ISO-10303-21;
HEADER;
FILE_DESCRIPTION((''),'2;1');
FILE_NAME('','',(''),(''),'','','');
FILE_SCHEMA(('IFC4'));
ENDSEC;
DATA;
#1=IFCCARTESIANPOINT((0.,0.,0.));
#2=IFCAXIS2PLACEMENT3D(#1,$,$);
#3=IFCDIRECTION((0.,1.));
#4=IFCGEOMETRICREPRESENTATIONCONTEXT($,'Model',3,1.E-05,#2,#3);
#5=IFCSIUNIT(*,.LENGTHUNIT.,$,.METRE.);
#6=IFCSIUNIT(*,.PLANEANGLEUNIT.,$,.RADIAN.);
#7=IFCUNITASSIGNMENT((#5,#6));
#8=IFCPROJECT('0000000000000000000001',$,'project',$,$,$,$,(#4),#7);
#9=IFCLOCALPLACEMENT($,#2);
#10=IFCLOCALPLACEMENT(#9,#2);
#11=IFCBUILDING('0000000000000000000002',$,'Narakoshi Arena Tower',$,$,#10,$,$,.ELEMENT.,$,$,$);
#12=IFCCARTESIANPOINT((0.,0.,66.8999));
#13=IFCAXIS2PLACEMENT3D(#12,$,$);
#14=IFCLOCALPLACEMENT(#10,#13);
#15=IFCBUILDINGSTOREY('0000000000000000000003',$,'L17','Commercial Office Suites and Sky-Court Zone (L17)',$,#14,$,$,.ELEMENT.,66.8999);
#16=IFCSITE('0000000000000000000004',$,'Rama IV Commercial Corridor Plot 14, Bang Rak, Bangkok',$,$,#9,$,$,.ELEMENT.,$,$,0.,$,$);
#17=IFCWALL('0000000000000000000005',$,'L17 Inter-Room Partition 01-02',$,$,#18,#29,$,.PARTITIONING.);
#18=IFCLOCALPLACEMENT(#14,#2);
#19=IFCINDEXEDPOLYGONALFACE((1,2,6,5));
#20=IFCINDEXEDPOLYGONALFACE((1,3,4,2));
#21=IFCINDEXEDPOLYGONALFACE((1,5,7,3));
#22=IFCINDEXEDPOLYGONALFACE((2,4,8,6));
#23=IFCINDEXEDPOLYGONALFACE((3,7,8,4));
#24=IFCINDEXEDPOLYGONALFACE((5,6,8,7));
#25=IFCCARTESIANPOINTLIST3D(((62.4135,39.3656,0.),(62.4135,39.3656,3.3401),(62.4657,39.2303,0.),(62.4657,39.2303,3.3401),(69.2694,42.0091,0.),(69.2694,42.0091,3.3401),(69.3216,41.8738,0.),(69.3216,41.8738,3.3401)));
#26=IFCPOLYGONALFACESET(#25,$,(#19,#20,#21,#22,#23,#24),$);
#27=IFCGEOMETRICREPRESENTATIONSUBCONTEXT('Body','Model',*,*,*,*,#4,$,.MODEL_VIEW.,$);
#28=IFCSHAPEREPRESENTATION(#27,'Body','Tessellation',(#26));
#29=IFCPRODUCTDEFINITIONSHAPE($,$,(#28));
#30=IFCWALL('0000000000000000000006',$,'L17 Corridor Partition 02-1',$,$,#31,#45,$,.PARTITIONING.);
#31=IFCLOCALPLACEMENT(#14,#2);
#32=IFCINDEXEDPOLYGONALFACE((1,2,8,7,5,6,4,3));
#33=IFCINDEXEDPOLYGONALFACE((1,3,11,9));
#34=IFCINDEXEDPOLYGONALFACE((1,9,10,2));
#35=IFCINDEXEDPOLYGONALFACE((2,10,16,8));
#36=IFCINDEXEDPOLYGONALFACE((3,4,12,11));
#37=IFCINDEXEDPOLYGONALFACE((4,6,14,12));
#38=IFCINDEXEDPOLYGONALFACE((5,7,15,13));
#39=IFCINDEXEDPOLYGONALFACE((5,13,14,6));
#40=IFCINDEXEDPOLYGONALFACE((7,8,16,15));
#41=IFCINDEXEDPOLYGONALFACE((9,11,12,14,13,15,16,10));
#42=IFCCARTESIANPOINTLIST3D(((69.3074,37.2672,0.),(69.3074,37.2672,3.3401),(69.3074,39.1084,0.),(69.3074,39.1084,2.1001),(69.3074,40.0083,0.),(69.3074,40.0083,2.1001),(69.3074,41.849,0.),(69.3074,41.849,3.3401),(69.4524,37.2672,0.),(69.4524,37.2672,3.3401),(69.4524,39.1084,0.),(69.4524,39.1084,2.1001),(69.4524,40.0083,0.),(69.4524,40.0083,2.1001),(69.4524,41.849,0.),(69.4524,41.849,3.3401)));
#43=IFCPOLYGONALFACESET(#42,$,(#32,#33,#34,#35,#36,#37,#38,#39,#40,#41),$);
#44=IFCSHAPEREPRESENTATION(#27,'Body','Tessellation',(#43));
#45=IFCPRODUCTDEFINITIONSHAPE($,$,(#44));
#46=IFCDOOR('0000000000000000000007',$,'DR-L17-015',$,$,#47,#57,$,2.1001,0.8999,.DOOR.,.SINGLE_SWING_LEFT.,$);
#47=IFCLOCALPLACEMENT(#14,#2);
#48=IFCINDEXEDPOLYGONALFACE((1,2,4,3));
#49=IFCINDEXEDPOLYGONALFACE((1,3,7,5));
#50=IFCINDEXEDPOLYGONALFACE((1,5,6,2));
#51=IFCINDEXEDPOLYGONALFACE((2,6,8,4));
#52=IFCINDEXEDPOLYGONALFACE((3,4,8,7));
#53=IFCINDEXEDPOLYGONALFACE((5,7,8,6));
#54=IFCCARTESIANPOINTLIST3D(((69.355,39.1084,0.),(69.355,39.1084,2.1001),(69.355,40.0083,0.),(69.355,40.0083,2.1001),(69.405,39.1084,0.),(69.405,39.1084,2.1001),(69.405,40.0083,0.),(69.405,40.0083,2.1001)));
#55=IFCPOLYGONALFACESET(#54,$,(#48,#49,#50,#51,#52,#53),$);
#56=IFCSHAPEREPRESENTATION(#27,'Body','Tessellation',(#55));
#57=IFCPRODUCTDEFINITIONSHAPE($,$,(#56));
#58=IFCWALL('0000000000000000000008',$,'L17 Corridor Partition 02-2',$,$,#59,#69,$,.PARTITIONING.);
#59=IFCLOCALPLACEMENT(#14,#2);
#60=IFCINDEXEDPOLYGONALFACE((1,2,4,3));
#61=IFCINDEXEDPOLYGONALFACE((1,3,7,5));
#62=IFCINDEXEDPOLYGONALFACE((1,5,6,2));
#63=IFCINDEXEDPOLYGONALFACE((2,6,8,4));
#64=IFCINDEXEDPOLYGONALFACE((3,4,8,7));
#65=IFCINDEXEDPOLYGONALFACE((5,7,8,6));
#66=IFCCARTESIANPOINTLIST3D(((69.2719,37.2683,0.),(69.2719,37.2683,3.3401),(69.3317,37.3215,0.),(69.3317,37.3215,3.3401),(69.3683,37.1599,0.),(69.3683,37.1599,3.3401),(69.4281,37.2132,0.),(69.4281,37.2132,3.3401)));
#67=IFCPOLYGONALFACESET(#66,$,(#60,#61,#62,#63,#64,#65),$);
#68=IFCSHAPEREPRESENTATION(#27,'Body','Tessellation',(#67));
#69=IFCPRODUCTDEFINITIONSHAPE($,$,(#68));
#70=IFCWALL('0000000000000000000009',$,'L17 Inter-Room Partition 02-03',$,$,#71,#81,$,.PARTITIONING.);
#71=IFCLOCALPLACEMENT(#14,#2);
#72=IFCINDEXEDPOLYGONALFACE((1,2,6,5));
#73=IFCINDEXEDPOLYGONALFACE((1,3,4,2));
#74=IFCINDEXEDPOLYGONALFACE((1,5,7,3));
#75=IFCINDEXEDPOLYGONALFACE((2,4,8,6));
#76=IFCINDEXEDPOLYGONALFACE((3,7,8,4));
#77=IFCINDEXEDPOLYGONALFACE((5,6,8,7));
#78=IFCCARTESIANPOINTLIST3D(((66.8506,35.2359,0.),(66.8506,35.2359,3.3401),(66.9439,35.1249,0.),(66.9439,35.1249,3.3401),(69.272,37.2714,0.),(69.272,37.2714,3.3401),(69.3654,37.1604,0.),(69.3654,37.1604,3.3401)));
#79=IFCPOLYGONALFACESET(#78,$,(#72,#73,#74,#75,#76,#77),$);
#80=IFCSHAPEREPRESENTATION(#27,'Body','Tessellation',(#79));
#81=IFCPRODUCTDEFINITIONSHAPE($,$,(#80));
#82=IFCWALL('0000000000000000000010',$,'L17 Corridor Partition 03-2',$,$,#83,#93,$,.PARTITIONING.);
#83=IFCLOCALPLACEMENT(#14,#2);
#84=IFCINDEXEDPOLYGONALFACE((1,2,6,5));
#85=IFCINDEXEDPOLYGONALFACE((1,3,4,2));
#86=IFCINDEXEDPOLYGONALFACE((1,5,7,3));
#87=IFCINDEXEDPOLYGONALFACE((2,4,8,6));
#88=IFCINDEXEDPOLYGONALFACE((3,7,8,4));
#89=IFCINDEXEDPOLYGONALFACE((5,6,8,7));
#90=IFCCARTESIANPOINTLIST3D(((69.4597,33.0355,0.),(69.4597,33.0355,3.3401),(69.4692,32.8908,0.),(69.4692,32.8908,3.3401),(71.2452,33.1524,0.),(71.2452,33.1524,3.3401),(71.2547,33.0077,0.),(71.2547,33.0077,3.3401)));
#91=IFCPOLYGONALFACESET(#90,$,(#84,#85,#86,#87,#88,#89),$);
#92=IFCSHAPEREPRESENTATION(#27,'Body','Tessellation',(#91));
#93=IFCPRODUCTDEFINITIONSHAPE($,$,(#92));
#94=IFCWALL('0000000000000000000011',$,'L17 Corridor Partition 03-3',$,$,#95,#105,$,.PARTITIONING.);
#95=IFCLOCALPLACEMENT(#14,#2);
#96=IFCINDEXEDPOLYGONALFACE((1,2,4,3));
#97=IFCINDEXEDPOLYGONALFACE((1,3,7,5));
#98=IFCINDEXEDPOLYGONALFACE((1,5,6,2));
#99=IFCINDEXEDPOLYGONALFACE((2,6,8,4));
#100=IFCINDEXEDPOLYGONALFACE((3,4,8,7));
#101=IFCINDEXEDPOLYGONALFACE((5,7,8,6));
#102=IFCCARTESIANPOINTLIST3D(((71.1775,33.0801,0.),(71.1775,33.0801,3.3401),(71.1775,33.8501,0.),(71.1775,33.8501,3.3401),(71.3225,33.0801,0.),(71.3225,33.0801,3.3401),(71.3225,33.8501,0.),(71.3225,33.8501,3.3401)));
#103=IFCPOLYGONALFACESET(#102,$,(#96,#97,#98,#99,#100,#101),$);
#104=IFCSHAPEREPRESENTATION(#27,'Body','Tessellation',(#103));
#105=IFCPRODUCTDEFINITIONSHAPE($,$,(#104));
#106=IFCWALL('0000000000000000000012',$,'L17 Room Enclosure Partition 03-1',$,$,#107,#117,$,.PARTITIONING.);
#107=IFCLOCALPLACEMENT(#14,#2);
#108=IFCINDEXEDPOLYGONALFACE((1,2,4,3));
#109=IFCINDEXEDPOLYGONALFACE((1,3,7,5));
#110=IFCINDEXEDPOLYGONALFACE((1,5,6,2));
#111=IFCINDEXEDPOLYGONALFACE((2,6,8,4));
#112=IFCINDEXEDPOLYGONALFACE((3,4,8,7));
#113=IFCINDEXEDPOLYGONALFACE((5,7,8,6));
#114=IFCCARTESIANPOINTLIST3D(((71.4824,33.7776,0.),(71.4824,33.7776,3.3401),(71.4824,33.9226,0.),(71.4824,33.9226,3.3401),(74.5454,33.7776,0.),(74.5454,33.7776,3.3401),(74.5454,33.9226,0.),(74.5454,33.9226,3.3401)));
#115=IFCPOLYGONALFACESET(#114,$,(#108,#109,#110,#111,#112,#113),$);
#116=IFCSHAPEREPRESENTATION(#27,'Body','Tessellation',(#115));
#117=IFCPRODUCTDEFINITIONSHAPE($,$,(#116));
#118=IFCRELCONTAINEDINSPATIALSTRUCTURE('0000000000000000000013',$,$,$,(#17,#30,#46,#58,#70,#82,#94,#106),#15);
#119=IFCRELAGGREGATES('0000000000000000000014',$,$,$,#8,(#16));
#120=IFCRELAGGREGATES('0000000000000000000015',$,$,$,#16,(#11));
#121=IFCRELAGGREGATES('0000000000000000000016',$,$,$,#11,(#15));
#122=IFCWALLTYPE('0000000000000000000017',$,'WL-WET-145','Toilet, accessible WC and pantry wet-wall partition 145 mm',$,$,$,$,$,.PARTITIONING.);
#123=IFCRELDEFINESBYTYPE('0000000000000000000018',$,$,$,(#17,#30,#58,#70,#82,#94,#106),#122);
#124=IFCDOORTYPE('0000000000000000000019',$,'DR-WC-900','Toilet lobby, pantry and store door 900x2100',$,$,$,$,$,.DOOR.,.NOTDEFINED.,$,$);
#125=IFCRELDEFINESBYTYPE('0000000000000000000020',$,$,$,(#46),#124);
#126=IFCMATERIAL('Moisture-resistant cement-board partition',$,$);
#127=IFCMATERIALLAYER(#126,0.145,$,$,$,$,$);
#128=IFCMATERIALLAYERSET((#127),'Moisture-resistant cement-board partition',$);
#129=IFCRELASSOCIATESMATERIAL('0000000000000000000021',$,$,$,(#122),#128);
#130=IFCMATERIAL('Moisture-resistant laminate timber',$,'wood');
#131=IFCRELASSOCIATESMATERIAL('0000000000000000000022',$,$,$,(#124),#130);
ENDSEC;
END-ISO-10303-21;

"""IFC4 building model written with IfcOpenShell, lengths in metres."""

from ifc_helpers import new_model, si_unit, direction, frame, frame_2d, origin, place, context, subcontext, project, spatial, rectangle, extrude, material, layer, layer_set, type_object, element, fill, save


model = new_model("IFC4")

# Units and contexts
model_context = context("Model", 3, precision=1e-05, world=origin(), true_north=direction((0.0, 1.0)))
body_context = subcontext(model_context, "Body", "Model", "MODEL_VIEW")
ifc_project = project(units=[si_unit("LENGTHUNIT", "METRE"), si_unit("PLANEANGLEUNIT", "RADIAN")], contexts=[model_context])

# Site, building, storey
site_placement = place(None, origin())
site = spatial("IfcSite", under=ifc_project, at=site_placement, Name="Rama IV Commercial Corridor Plot 14, Bang Rak, Bangkok", CompositionType="ELEMENT", RefElevation=0.0)
building_placement = place(site_placement, origin())
building = spatial("IfcBuilding", under=site, at=building_placement, Name="Narakoshi Arena Tower", CompositionType="ELEMENT")
storey_placement = place(building_placement, frame((0.0, 0.0, 66.8999)))
storey = spatial("IfcBuildingStorey", under=building, at=storey_placement, Name="L17", Description="Commercial Office Suites and Sky-Court Zone (L17)", CompositionType="ELEMENT", Elevation=66.8999)

# Shared definitions
ifc_material_1 = material(Name="Moisture-resistant cement-board partition")
ifc_layer_1 = layer(ifc_material_1, 0.145)
ifc_layer_set_1 = layer_set([ifc_layer_1], Name="Moisture-resistant cement-board partition")
wall_type_1 = type_object("IfcWallType", Name="WL-WET-145", Description="Toilet, accessible WC and pantry wet-wall partition 145 mm", PredefinedType="PARTITIONING", material=ifc_layer_set_1)
ifc_material_2 = material(Name="Moisture-resistant laminate timber", Category="wood")
door_type_1 = type_object("IfcDoorType", Name="DR-WC-900", Description="Toilet lobby, pantry and store door 900x2100", OperationType="NOTDEFINED", PredefinedType="DOOR", material=ifc_material_2)

# Wall
wall_1_placement = place(storey_placement, frame((69.2954, 41.9414, 0.0), z_axis=(0.0, 0.0, 1.0), x_axis=(-0.933042, -0.359767, 0.0)))
element("IfcWall", 1, at=wall_1_placement, inside=storey, type_object=wall_type_1, Name="L17 Inter-Room Partition 01-02", PredefinedType="PARTITIONING", context=body_context, shape_type="SweptSolid", body=[
    extrude(rectangle(XDim=7.3479, YDim=0.145, at=frame_2d((3.6738, 0.0))), origin(), (0.0, 0.0, 1.0), 3.3401),
])

# Wall, opening, door
wall_2_placement = place(storey_placement, frame((69.3799, 41.8491, 0.0), z_axis=(0.0, 0.0, 1.0), x_axis=(0.0, -1.0, 0.0)))
wall_2 = element("IfcWall", 2, at=wall_2_placement, inside=storey, type_object=wall_type_1, Name="L17 Corridor Partition 02-1", PredefinedType="PARTITIONING", context=body_context, shape_type="SweptSolid", body=[
    extrude(rectangle(XDim=4.5818, YDim=0.145, at=frame_2d((2.291, 0.0))), origin(), (0.0, 0.0, 1.0), 3.3401),
])
opening_1_placement = place(wall_2_placement, frame((1.8408, 0.0, 0.0)))
opening_1 = element("IfcOpeningElement", 3, at=opening_1_placement, cuts=wall_2, PredefinedType="OPENING", context=body_context, shape_type="SweptSolid", body=[
    extrude(rectangle(XDim=0.8999, YDim=2.1001, at=frame_2d((0.45, 1.05))), frame((0.0, 0.0825, 0.0), z_axis=(0.0, -1.0, 0.0), x_axis=(1.0, 0.0, 0.0)), (0.0, 0.0, 1.0), 0.165),
])
door_1_placement = place(opening_1_placement, frame((0.8999, 0.0, 0.0), z_axis=(0.0, 0.0, 1.0), x_axis=(-1.0, 0.0, 0.0)))
door_1 = element("IfcDoor", 4, at=door_1_placement, inside=storey, type_object=door_type_1, Name="DR-L17-015", OperationType="SINGLE_SWING_LEFT", OverallHeight=2.1001, OverallWidth=0.8999, PredefinedType="DOOR", context=body_context, shape_type="SweptSolid", body=[
    extrude(rectangle(XDim=0.8999, YDim=2.1001, at=frame_2d((0.45, 1.05))), frame((0.0, 0.0249, 0.0), z_axis=(0.0, -1.0, 0.0), x_axis=(1.0, 0.0, 0.0)), (0.0, 0.0, 1.0), 0.05),
])
fill(opening_1, door_1)

# Walls
wall_3_placement = place(storey_placement, frame((69.3799, 37.2673, 0.0), z_axis=(0.0, 0.0, 1.0), x_axis=(-0.747073, -0.664742, 0.0)))
element("IfcWall", 5, at=wall_3_placement, inside=storey, type_object=wall_type_1, Name="L17 Corridor Partition 02-2", PredefinedType="PARTITIONING", context=body_context, shape_type="SweptSolid", body=[
    extrude(rectangle(XDim=0.0801, YDim=0.145, at=frame_2d((0.04, 0.0))), origin(), (0.0, 0.0, 1.0), 3.3401),
])
wall_4_placement = place(storey_placement, frame((69.3186, 37.2158, 0.0), z_axis=(0.0, 0.0, 1.0), x_axis=(-0.765481, -0.643458, 0.0)))
element("IfcWall", 6, at=wall_4_placement, inside=storey, type_object=wall_type_1, Name="L17 Inter-Room Partition 02-03", PredefinedType="PARTITIONING", context=body_context, shape_type="SweptSolid", body=[
    extrude(rectangle(XDim=3.1633, YDim=0.145, at=frame_2d((1.5815, 0.0))), origin(), (0.0, 0.0, 1.0), 3.3401),
])

# Walls
wall_5_placement = place(storey_placement, frame((69.4646, 32.9631, 0.0), z_axis=(0.0, 0.0, 1.0), x_axis=(0.997862, 0.06536, 0.0)))
element("IfcWall", 7, at=wall_5_placement, inside=storey, type_object=wall_type_1, Name="L17 Corridor Partition 03-2", PredefinedType="PARTITIONING", context=body_context, shape_type="SweptSolid", body=[
    extrude(rectangle(XDim=1.7893, YDim=0.145, at=frame_2d((0.8945, 0.0))), origin(), (0.0, 0.0, 1.0), 3.3401),
])
wall_6_placement = place(storey_placement, frame((71.25, 33.0801, 0.0), z_axis=(0.0, 0.0, 1.0), x_axis=(0.0, 1.0, 0.0)))
element("IfcWall", 8, at=wall_6_placement, inside=storey, type_object=wall_type_1, Name="L17 Corridor Partition 03-3", PredefinedType="PARTITIONING", context=body_context, shape_type="SweptSolid", body=[
    extrude(rectangle(XDim=0.77, YDim=0.145, at=frame_2d((0.385, 0.0))), origin(), (0.0, 0.0, 1.0), 3.3401),
])
wall_7_placement = place(storey_placement, frame((71.4824, 33.8501, 0.0), z_axis=(0.0, 0.0, 1.0), x_axis=(1.0, 0.0, 0.0)))
element("IfcWall", 9, at=wall_7_placement, inside=storey, type_object=wall_type_1, Name="L17 Room Enclosure Partition 03-1", PredefinedType="PARTITIONING", context=body_context, shape_type="SweptSolid", body=[
    extrude(rectangle(XDim=3.063, YDim=0.145, at=frame_2d((1.5315, 0.0))), origin(), (0.0, 0.0, 1.0), 3.3401),
])

save(model, "model.ifc")
